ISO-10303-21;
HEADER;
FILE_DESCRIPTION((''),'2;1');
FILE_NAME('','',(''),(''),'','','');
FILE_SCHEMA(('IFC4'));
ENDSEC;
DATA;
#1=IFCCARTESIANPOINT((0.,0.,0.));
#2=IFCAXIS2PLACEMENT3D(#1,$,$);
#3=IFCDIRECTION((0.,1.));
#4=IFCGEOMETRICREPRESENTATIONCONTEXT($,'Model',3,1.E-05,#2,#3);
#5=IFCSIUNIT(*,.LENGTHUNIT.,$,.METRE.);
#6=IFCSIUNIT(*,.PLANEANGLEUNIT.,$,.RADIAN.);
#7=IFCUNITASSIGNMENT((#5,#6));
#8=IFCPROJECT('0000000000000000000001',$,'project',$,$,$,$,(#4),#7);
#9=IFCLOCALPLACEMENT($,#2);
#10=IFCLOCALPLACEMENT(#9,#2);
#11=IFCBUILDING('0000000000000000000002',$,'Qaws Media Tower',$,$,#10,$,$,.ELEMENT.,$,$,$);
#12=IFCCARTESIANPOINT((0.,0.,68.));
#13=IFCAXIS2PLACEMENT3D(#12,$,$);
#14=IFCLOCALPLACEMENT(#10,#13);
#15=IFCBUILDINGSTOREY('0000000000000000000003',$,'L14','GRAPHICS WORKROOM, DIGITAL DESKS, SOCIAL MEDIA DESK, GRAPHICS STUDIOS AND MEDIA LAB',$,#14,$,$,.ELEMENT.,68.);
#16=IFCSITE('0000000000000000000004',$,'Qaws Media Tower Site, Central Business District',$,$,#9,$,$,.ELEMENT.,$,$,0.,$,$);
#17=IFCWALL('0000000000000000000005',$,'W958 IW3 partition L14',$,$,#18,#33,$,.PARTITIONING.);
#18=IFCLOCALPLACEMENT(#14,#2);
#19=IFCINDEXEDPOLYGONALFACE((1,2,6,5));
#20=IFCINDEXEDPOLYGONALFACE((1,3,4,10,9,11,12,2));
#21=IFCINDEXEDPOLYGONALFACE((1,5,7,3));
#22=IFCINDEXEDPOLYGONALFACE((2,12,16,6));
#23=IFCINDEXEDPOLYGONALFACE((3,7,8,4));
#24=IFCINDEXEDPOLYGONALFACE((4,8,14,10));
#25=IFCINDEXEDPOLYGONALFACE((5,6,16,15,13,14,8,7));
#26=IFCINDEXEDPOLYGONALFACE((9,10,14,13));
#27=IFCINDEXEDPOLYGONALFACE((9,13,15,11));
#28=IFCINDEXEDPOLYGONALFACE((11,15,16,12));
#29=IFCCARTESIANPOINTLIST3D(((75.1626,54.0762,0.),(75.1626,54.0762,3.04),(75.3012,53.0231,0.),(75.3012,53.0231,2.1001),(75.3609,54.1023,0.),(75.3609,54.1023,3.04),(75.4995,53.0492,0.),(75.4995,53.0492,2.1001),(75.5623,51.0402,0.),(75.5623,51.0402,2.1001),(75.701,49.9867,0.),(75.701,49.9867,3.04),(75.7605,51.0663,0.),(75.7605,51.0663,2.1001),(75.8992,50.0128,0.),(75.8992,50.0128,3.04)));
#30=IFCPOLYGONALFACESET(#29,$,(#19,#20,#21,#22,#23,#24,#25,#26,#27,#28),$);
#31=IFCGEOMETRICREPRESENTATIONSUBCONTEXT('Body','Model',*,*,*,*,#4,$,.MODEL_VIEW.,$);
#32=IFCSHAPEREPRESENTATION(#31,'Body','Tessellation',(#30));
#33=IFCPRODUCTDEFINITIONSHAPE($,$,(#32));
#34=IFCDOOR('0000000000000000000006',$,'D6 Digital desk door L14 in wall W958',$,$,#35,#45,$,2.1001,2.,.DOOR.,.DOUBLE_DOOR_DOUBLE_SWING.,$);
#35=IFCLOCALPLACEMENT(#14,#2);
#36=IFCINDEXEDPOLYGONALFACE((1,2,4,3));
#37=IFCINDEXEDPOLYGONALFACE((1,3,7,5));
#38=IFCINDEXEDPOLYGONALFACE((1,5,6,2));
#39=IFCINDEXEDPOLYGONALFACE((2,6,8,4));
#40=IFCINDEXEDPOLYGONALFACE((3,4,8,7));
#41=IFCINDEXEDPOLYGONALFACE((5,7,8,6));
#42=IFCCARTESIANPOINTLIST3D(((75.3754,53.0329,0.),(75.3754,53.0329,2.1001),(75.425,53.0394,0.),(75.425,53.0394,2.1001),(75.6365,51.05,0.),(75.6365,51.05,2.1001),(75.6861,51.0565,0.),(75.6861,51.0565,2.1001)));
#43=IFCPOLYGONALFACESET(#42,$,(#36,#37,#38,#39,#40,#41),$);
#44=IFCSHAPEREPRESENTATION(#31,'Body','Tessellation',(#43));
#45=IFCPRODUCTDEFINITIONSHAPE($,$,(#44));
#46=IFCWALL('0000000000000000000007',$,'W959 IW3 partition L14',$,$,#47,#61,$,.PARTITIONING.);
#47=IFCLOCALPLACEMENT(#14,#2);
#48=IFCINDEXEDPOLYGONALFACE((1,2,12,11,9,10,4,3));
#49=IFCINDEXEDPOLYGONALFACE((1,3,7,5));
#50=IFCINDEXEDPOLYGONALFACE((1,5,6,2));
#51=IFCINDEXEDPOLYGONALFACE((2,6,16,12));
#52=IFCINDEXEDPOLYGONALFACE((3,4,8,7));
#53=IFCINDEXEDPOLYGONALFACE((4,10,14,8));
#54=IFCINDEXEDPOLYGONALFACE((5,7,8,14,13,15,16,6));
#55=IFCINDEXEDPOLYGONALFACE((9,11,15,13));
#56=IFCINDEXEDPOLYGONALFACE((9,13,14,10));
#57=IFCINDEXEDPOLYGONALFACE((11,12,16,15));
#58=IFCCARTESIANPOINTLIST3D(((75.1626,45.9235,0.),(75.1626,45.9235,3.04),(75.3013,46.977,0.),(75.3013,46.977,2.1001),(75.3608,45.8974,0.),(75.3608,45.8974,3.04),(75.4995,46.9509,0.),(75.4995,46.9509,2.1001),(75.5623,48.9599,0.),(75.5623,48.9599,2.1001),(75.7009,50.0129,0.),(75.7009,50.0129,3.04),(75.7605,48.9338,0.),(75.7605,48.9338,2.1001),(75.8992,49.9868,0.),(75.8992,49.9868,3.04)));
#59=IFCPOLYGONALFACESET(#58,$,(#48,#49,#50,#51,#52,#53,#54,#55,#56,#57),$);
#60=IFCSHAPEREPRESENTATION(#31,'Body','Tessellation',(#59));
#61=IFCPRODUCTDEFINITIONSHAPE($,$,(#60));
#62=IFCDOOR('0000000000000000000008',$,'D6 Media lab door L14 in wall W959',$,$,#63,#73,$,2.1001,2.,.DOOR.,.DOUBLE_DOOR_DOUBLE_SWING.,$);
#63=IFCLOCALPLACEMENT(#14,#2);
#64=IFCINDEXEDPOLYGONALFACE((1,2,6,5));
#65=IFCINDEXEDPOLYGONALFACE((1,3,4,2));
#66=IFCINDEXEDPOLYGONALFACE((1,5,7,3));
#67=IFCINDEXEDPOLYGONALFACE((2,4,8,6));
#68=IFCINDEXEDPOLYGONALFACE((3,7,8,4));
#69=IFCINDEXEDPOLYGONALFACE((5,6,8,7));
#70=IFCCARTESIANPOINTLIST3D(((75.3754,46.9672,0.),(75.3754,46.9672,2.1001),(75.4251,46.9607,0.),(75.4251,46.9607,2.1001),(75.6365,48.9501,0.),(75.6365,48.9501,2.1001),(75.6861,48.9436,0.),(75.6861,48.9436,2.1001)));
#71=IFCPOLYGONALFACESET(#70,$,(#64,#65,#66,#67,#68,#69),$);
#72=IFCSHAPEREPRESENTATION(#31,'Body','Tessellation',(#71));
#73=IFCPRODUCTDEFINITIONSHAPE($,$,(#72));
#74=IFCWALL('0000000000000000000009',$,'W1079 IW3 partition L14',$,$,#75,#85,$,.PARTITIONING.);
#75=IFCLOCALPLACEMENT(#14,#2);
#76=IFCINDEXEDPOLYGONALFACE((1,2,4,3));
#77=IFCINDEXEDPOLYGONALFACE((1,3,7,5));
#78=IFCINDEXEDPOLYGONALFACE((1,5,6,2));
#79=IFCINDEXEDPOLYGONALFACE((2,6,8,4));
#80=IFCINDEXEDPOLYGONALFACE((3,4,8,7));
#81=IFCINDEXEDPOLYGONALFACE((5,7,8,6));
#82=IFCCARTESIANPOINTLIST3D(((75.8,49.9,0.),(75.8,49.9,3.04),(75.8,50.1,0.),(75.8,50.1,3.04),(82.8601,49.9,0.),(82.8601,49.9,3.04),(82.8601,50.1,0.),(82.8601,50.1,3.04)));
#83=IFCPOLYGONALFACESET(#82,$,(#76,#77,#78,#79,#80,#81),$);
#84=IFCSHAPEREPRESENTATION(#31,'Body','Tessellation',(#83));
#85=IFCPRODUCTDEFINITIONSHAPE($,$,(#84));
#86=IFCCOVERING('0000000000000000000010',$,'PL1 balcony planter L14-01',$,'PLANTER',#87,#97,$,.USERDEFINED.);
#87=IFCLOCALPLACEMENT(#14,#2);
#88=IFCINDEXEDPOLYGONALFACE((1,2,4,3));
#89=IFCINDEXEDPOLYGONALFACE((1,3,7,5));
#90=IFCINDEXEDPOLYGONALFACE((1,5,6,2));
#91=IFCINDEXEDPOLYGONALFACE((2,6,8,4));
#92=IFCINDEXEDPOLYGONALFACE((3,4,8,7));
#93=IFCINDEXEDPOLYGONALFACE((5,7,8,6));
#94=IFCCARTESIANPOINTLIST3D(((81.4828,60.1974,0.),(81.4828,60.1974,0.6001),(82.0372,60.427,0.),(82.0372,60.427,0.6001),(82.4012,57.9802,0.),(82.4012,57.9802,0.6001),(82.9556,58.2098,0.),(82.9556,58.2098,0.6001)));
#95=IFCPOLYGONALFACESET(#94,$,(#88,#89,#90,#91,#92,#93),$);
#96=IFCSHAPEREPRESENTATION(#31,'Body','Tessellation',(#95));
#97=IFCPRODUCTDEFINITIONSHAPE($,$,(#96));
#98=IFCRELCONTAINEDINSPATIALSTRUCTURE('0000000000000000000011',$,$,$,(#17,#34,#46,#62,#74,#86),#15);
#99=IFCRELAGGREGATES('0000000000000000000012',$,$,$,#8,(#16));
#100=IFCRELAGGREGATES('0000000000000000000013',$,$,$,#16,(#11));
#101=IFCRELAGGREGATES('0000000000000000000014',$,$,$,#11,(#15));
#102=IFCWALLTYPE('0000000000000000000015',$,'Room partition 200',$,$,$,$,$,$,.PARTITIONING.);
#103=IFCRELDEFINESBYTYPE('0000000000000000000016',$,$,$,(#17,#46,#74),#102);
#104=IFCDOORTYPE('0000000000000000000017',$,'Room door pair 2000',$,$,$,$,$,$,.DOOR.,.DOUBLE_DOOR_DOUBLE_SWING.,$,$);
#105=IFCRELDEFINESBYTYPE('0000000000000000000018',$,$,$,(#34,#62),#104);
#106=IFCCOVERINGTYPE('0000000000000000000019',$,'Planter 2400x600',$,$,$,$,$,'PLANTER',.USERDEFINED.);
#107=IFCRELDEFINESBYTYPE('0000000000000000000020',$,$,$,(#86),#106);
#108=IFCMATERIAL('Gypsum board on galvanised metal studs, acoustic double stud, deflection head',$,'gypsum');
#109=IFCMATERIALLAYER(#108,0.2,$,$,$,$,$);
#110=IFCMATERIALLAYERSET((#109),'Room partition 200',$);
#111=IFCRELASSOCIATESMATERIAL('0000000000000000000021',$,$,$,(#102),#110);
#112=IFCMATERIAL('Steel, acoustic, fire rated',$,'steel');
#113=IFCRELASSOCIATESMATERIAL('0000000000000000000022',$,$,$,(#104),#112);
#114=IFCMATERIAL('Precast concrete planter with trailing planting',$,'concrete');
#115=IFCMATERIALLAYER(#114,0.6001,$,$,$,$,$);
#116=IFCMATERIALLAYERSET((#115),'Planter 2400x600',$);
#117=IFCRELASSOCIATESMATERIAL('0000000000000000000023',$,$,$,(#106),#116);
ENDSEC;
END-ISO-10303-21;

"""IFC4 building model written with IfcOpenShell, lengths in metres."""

from ifc_helpers import new_model, si_unit, direction, frame, frame_2d, origin, origin_2d, place, context, subcontext, project, spatial, rectangle, extrude, material, layer, layer_set, type_object, element, fill, save


model = new_model("IFC4")

# Units and contexts
model_context = context("Model", 3, precision=1e-05, world=origin(), true_north=direction((0.0, 1.0)))
body_context = subcontext(model_context, "Body", "Model", "MODEL_VIEW")
ifc_project = project(units=[si_unit("LENGTHUNIT", "METRE"), si_unit("PLANEANGLEUNIT", "RADIAN")], contexts=[model_context])

# Site, building, storey
site_placement = place(None, origin())
site = spatial("IfcSite", under=ifc_project, at=site_placement, Name="Qaws Media Tower Site, Central Business District", CompositionType="ELEMENT", RefElevation=0.0)
building_placement = place(site_placement, origin())
building = spatial("IfcBuilding", under=site, at=building_placement, Name="Qaws Media Tower", CompositionType="ELEMENT")
storey_placement = place(building_placement, frame((0.0, 0.0, 68.0)))
storey = spatial("IfcBuildingStorey", under=building, at=storey_placement, Name="L14", Description="GRAPHICS WORKROOM, DIGITAL DESKS, SOCIAL MEDIA DESK, GRAPHICS STUDIOS AND MEDIA LAB", CompositionType="ELEMENT", Elevation=68.0)

# Shared definitions
ifc_material_1 = material(Name="Gypsum board on galvanised metal studs, acoustic double stud, deflection head", Category="gypsum")
ifc_layer_1 = layer(ifc_material_1, 0.2)
ifc_layer_set_1 = layer_set([ifc_layer_1], Name="Room partition 200")
wall_type_1 = type_object("IfcWallType", Name="Room partition 200", PredefinedType="PARTITIONING", material=ifc_layer_set_1)

# Walls, openings, doors
wall_1_placement = place(storey_placement, frame((75.2617, 54.0894, 0.0), z_axis=(0.0, 0.0, 1.0), x_axis=(0.130516, -0.991446, 0.0)))
wall_1 = element("IfcWall", 1, at=wall_1_placement, inside=storey, type_object=wall_type_1, Name="W958 IW3 partition L14", PredefinedType="PARTITIONING", context=body_context, shape_type="SweptSolid", body=[
    extrude(rectangle(XDim=4.1248, YDim=0.2, at=frame_2d((2.0625, 0.0))), origin(), (0.0, 0.0, 1.0), 3.04),
])
opening_1_placement = place(wall_1_placement, frame((1.0623, 0.0, 0.0)))
opening_1 = element("IfcOpeningElement", 2, at=opening_1_placement, cuts=wall_1, PredefinedType="OPENING", context=body_context, shape_type="SweptSolid", body=[
    extrude(rectangle(XDim=2.0, YDim=2.1001, at=frame_2d((1.0, 1.05))), frame((0.0, 0.1099, 0.0), z_axis=(0.0, -1.0, 0.0), x_axis=(1.0, 0.0, 0.0)), (0.0, 0.0, 1.0), 0.22),
])
ifc_material_2 = material(Name="Steel, acoustic, fire rated", Category="steel")
door_type_1 = type_object("IfcDoorType", Name="Room door pair 2000", OperationType="DOUBLE_DOOR_DOUBLE_SWING", PredefinedType="DOOR", material=ifc_material_2)
door_1_placement = place(opening_1_placement, origin())
door_1 = element("IfcDoor", 3, at=door_1_placement, inside=storey, type_object=door_type_1, Name="D6 Digital desk door L14 in wall W958", OperationType="DOUBLE_DOOR_DOUBLE_SWING", OverallHeight=2.1001, OverallWidth=2.0, PredefinedType="DOOR", context=body_context, shape_type="SweptSolid", body=[
    extrude(rectangle(XDim=2.0, YDim=2.1001, at=frame_2d((1.0, 1.05))), frame((0.0, 0.0249, 0.0), z_axis=(0.0, -1.0, 0.0), x_axis=(1.0, 0.0, 0.0)), (0.0, 0.0, 1.0), 0.05),
])
fill(opening_1, door_1)
wall_2_placement = place(storey_placement, frame((75.8, 50.0, 0.0), z_axis=(0.0, 0.0, 1.0), x_axis=(-0.130516, -0.991446, 0.0)))
wall_2 = element("IfcWall", 4, at=wall_2_placement, inside=storey, type_object=wall_type_1, Name="W959 IW3 partition L14", PredefinedType="PARTITIONING", context=body_context, shape_type="SweptSolid", body=[
    extrude(rectangle(XDim=4.1248, YDim=0.2, at=frame_2d((2.0625, 0.0))), origin(), (0.0, 0.0, 1.0), 3.04),
])
opening_2_placement = place(wall_2_placement, frame((1.0623, 0.0, 0.0)))
opening_2 = element("IfcOpeningElement", 5, at=opening_2_placement, cuts=wall_2, PredefinedType="OPENING", context=body_context, shape_type="SweptSolid", body=[
    extrude(rectangle(XDim=2.0, YDim=2.1001, at=frame_2d((1.0, 1.05))), frame((0.0, 0.1099, 0.0), z_axis=(0.0, -1.0, 0.0), x_axis=(1.0, 0.0, 0.0)), (0.0, 0.0, 1.0), 0.22),
])
door_2_placement = place(opening_2_placement, origin())
door_2 = element("IfcDoor", 6, at=door_2_placement, inside=storey, type_object=door_type_1, Name="D6 Media lab door L14 in wall W959", OperationType="DOUBLE_DOOR_DOUBLE_SWING", OverallHeight=2.1001, OverallWidth=2.0, PredefinedType="DOOR", context=body_context, shape_type="SweptSolid", body=[
    extrude(rectangle(XDim=2.0, YDim=2.1001, at=frame_2d((1.0, 1.05))), frame((0.0, 0.0249, 0.0), z_axis=(0.0, -1.0, 0.0), x_axis=(1.0, 0.0, 0.0)), (0.0, 0.0, 1.0), 0.05),
])
fill(opening_2, door_2)

# Wall
wall_3_placement = place(storey_placement, frame((75.8, 50.0, 0.0), z_axis=(0.0, 0.0, 1.0), x_axis=(1.0, 0.0, 0.0)))
element("IfcWall", 7, at=wall_3_placement, inside=storey, type_object=wall_type_1, Name="W1079 IW3 partition L14", PredefinedType="PARTITIONING", context=body_context, shape_type="SweptSolid", body=[
    extrude(rectangle(XDim=7.0601, YDim=0.2, at=frame_2d((3.53, 0.0))), origin(), (0.0, 0.0, 1.0), 3.04),
])

# Covering
ifc_material_3 = material(Name="Precast concrete planter with trailing planting", Category="concrete")
ifc_layer_2 = layer(ifc_material_3, 0.6001)
ifc_layer_set_2 = layer_set([ifc_layer_2], Name="Planter 2400x600")
covering_type = type_object("IfcCoveringType", Name="Planter 2400x600", ElementType="PLANTER", PredefinedType="USERDEFINED", material=ifc_layer_set_2)
covering_placement = place(storey_placement, frame((82.2192, 59.2036, 0.0), z_axis=(0.0, 0.0, 1.0), x_axis=(-0.382683, 0.92388, 0.0)))
element("IfcCovering", 8, at=covering_placement, inside=storey, type_object=covering_type, Name="PL1 balcony planter L14-01", ObjectType="PLANTER", PredefinedType="USERDEFINED", context=body_context, shape_type="SweptSolid", body=[
    extrude(rectangle(XDim=2.3999, YDim=0.6001, at=origin_2d()), origin(), (0.0, 0.0, 1.0), 0.6001),
])

save(model, "model.ifc")
